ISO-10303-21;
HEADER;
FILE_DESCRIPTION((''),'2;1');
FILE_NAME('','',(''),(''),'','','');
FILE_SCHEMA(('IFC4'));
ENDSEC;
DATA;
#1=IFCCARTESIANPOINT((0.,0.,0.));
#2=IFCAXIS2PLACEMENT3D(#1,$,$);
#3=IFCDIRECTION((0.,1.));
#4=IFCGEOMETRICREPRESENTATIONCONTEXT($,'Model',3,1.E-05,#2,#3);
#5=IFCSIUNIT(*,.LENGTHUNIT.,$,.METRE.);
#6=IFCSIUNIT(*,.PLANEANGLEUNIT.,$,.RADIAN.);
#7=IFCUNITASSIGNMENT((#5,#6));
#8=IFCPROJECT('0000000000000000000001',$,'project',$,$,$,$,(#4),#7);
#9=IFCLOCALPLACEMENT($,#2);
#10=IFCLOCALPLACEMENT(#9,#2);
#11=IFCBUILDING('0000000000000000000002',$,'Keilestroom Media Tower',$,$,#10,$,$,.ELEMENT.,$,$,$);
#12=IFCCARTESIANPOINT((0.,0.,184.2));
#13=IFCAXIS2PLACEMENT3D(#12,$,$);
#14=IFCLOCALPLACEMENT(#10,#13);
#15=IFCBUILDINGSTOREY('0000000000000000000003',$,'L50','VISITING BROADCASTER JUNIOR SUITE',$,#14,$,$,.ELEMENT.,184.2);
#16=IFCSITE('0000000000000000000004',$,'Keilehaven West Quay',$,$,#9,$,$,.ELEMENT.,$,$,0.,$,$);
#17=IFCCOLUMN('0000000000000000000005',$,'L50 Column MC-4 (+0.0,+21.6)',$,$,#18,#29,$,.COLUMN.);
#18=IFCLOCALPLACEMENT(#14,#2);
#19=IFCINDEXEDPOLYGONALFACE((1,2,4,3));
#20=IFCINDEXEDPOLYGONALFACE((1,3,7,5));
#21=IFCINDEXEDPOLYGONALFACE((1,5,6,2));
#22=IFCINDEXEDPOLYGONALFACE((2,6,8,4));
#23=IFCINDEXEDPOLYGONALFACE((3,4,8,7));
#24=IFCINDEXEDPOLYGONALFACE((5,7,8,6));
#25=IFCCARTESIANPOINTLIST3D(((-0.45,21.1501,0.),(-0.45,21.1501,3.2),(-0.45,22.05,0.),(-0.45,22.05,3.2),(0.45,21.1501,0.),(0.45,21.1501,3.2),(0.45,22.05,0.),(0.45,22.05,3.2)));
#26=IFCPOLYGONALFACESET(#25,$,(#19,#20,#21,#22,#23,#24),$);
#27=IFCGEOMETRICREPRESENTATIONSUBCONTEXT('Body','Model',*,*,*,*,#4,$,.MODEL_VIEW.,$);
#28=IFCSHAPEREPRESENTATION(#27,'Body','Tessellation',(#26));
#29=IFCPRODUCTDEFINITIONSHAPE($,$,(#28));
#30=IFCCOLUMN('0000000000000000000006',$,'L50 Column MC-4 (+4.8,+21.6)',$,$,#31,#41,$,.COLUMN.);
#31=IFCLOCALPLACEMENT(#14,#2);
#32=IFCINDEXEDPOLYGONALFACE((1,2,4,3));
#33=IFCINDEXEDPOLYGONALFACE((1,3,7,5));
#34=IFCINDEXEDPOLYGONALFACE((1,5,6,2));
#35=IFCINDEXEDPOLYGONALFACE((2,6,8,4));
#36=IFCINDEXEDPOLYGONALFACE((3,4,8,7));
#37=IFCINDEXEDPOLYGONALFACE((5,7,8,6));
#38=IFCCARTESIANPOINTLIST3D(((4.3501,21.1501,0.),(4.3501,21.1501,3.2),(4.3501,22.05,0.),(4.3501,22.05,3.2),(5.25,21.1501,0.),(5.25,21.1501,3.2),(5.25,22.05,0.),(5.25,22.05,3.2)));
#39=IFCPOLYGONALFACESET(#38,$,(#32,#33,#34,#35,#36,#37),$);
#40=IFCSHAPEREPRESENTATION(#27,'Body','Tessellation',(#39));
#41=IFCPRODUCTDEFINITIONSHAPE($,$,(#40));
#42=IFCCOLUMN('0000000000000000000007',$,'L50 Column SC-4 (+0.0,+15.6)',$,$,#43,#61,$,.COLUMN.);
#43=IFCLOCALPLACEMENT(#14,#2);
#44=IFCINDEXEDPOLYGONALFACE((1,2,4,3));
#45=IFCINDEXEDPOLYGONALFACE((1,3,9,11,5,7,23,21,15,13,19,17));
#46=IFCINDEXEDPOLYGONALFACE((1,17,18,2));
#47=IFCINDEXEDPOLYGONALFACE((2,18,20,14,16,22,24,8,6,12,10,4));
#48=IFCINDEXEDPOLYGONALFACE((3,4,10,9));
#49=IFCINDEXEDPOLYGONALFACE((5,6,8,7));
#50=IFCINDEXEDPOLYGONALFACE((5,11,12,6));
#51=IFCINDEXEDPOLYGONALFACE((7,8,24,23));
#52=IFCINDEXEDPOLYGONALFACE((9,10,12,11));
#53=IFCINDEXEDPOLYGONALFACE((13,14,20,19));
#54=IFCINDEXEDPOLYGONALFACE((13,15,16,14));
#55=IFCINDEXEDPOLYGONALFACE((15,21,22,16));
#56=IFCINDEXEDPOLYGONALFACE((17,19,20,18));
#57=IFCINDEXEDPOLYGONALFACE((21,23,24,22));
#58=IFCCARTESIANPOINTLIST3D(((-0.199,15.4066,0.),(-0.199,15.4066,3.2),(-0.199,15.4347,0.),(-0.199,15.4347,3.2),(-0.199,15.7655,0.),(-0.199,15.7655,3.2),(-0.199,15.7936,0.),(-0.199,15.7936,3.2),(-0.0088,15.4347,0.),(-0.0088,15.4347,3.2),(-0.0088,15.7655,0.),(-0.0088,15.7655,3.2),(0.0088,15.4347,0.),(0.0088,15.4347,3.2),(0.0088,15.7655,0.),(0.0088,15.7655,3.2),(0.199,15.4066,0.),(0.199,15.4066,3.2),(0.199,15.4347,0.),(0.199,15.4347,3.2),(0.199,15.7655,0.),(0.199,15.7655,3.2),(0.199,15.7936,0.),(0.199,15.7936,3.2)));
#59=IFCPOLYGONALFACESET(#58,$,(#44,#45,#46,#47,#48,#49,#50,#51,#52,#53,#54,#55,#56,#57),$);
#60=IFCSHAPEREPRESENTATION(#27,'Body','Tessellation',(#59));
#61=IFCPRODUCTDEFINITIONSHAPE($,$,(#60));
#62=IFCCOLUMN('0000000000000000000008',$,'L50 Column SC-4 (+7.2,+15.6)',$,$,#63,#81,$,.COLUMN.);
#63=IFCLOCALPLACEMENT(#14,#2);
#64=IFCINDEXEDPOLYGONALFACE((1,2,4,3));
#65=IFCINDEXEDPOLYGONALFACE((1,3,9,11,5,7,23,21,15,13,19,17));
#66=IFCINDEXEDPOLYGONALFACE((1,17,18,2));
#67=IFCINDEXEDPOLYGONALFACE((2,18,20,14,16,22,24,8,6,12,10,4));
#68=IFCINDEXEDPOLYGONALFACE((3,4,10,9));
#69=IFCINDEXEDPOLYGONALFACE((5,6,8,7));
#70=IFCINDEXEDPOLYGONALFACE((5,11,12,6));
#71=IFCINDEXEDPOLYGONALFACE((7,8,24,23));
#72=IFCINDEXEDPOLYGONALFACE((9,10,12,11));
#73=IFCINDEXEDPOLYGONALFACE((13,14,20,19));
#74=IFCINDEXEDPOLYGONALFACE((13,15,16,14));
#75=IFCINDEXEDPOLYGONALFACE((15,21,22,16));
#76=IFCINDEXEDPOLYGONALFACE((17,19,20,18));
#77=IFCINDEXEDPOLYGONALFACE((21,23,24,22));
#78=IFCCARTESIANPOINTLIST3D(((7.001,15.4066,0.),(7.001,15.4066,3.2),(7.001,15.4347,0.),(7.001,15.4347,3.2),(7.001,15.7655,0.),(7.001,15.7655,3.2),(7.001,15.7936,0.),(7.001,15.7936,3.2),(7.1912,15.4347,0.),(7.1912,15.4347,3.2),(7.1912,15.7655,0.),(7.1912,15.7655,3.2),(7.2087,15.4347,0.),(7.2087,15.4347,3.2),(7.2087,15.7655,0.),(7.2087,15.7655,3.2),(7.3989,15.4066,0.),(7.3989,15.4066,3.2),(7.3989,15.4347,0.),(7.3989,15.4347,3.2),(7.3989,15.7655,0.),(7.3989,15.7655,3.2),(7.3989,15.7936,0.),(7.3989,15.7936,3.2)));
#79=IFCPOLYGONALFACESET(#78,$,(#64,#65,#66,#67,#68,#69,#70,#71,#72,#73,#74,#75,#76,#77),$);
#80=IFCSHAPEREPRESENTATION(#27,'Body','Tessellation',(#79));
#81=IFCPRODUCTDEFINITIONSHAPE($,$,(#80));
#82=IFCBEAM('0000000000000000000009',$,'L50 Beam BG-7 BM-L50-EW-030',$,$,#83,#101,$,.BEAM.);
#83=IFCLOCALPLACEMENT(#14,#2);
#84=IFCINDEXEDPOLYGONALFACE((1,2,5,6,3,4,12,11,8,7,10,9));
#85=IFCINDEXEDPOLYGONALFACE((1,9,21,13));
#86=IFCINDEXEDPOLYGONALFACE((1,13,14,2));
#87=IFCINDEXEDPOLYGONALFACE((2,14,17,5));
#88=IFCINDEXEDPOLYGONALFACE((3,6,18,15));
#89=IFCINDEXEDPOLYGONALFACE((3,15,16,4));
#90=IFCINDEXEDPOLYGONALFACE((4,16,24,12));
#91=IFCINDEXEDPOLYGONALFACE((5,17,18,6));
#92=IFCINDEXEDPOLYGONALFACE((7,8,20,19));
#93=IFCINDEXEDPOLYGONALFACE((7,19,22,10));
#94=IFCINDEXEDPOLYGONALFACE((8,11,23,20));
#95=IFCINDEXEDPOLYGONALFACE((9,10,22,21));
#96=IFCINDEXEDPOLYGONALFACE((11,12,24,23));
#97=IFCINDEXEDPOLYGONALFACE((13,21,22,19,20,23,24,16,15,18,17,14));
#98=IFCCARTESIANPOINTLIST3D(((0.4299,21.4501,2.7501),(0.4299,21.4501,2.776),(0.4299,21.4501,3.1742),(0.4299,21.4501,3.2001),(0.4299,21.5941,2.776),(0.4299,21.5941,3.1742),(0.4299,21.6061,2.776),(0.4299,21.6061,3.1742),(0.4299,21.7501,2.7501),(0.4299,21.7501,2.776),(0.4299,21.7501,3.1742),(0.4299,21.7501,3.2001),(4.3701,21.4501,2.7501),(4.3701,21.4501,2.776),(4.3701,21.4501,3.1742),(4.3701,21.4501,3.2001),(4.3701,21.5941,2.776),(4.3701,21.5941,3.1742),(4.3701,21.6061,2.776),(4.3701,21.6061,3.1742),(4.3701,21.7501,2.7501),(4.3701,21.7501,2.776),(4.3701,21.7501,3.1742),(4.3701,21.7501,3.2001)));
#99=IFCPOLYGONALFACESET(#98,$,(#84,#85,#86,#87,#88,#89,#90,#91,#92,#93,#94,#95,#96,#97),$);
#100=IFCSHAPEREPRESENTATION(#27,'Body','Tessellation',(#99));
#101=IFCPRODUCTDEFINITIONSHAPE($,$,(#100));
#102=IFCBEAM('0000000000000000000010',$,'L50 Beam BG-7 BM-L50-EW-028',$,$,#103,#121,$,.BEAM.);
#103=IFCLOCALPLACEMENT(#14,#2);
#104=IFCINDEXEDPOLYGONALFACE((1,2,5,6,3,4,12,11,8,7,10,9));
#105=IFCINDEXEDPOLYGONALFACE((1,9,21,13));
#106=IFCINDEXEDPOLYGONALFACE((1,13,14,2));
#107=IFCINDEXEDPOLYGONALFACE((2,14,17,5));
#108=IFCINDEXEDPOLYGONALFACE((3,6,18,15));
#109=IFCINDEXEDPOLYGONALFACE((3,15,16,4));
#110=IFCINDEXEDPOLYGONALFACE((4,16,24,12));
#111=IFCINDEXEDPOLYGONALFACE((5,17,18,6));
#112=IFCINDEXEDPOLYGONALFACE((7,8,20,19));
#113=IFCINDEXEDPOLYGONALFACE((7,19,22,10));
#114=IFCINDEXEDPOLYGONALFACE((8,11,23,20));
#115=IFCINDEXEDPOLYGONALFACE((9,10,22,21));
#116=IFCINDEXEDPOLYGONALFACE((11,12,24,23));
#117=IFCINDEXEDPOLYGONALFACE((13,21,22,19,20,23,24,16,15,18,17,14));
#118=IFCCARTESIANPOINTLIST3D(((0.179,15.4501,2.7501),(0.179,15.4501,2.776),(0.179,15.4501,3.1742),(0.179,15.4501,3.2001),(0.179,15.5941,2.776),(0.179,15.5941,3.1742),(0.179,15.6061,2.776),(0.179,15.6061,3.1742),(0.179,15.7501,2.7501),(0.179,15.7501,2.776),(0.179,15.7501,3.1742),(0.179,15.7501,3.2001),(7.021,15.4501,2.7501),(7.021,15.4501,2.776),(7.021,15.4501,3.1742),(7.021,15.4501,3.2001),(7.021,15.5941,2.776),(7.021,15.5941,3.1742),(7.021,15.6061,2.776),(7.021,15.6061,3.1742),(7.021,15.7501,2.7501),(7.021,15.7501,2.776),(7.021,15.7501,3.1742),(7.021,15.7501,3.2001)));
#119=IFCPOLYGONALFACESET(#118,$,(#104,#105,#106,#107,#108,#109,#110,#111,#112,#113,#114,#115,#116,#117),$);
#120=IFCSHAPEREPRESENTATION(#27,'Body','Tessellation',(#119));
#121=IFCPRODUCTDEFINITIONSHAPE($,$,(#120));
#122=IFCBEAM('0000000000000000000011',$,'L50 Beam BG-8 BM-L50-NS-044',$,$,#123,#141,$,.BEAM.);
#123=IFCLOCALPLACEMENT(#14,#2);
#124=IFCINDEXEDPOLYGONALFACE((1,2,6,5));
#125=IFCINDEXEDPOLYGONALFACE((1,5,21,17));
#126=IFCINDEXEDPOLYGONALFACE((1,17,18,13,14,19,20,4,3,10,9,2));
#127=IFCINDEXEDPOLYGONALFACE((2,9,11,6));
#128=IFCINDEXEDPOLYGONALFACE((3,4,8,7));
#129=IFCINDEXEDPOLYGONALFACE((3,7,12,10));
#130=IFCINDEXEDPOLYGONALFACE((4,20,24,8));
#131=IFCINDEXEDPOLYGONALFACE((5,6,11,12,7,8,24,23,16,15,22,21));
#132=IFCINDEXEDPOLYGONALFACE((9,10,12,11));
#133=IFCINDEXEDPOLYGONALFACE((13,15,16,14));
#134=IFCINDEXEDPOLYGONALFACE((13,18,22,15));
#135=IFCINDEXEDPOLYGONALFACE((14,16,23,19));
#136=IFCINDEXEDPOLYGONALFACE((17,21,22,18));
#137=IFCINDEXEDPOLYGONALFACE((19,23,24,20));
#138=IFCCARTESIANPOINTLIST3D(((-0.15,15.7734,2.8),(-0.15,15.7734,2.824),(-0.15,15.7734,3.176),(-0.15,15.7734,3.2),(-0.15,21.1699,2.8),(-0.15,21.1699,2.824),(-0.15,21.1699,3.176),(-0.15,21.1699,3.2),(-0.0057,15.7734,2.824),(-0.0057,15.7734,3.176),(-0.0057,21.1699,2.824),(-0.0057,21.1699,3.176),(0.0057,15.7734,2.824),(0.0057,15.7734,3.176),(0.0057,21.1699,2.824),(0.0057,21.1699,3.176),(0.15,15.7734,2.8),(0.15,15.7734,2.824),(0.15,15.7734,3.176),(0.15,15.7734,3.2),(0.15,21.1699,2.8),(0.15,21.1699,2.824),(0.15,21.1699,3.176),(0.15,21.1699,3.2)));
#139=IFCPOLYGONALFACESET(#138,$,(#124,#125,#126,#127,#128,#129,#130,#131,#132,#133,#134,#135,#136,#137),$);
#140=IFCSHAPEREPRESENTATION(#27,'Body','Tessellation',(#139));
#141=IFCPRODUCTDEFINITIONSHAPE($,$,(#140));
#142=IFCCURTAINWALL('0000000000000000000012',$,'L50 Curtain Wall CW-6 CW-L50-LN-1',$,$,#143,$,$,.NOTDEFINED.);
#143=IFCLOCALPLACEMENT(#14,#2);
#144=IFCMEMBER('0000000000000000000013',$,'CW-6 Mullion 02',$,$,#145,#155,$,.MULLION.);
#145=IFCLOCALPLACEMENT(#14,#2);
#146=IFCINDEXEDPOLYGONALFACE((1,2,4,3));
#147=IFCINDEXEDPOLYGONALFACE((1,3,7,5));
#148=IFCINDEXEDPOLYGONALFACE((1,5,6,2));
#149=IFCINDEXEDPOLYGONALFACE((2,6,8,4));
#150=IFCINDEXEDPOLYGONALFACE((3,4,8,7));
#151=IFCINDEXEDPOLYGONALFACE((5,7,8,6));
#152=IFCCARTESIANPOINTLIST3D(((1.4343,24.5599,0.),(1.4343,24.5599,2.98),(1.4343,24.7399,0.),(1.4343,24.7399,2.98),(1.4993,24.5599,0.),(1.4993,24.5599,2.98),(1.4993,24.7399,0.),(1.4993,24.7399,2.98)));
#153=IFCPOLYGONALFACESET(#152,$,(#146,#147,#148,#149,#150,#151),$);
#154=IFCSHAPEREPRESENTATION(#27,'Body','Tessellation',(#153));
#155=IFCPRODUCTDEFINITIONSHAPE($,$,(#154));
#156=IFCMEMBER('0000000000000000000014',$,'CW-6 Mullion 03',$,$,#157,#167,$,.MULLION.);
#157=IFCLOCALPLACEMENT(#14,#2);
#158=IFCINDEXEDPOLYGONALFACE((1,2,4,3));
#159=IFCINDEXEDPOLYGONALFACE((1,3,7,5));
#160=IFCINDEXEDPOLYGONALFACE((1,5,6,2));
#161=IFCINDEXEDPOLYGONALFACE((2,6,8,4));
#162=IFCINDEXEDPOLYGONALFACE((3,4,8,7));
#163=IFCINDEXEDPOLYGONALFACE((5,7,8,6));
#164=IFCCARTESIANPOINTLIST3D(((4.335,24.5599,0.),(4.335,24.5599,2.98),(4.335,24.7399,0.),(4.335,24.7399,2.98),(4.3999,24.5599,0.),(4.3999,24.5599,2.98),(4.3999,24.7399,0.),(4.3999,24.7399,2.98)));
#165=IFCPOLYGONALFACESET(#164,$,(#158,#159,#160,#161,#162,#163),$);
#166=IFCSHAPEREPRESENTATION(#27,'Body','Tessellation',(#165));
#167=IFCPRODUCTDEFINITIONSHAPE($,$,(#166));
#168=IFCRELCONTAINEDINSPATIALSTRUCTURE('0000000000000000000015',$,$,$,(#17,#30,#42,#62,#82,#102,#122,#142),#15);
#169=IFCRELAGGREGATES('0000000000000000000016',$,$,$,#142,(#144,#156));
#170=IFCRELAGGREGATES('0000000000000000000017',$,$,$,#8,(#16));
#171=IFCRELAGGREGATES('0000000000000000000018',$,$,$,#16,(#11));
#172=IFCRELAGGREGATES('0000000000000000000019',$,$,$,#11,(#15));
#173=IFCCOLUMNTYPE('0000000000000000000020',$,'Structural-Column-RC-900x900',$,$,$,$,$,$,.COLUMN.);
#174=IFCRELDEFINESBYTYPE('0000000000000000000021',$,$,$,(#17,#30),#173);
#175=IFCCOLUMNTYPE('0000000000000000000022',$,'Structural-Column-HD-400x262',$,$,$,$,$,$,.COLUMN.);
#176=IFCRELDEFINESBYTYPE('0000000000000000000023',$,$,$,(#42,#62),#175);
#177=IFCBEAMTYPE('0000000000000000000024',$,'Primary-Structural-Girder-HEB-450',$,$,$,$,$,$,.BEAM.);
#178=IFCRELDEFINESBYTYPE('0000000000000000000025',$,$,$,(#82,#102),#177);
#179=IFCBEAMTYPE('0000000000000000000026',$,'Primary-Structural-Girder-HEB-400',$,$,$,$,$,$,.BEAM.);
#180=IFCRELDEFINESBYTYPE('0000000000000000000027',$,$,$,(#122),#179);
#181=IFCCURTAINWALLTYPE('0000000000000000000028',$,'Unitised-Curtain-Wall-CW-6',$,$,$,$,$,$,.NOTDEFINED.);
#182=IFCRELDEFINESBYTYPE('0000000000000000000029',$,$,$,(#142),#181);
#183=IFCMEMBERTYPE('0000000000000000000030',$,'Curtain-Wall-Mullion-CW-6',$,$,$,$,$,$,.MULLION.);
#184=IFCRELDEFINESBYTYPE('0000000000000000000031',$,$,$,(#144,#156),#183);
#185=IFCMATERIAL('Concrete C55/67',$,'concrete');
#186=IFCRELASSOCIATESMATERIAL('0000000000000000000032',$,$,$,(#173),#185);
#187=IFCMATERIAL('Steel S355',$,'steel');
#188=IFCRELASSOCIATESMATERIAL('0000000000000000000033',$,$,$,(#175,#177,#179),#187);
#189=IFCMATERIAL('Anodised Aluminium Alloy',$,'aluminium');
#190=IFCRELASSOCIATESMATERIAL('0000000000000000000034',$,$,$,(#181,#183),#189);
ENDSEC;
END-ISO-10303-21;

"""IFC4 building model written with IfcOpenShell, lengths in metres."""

from ifc_helpers import new_model, si_unit, direction, frame, origin, origin_2d, place, context, subcontext, project, spatial, rectangle, i_section, extrude, source, transform, mapped, material, material_profile, profile_set, type_object, element, aggregate, save


model = new_model("IFC4")

# Units and contexts
model_context = context("Model", 3, precision=1e-05, world=origin(), true_north=direction((0.0, 1.0)))
body_context = subcontext(model_context, "Body", "Model", "MODEL_VIEW")
ifc_project = project(units=[si_unit("LENGTHUNIT", "METRE"), si_unit("PLANEANGLEUNIT", "RADIAN")], contexts=[model_context])

# Site, building, storey
site_placement = place(None, origin())
site = spatial("IfcSite", under=ifc_project, at=site_placement, Name="Keilehaven West Quay", CompositionType="ELEMENT", RefElevation=0.0)
building_placement = place(site_placement, origin())
building = spatial("IfcBuilding", under=site, at=building_placement, Name="Keilestroom Media Tower", CompositionType="ELEMENT")
storey_placement = place(building_placement, frame((0.0, 0.0, 184.2)))
storey = spatial("IfcBuildingStorey", under=building, at=storey_placement, Name="L50", Description="VISITING BROADCASTER JUNIOR SUITE", CompositionType="ELEMENT", Elevation=184.2)

# Columns
ifc_material_1 = material(Name="Concrete C55/67", Category="concrete")
ifc_material_profile_1 = material_profile(ifc_material_1, rectangle(XDim=0.8999, YDim=0.8999, at=origin_2d()), Name="RC 900x900")
ifc_profile_set_1 = profile_set([ifc_material_profile_1], Name="Concrete C55/67")
column_type_1 = type_object("IfcColumnType", Name="Structural-Column-RC-900x900", PredefinedType="COLUMN", material=ifc_profile_set_1)
shared_shape_1 = source(origin(), body_context, "Body", "SweptSolid", [
    extrude(rectangle(XDim=0.8999, YDim=0.8999, at=origin_2d()), origin(), (0.0, 0.0, 1.0), 3.2),
])
for number, where, z_axis, x_axis, name in (
    (1, (0.0, 21.6001, 0.0), (0.0, 0.0, 1.0), (1.0, 0.0, 0.0), "L50 Column MC-4 (+0.0,+21.6)"),
    (2, (4.8, 21.6001, 0.0), (0.0, 0.0, 1.0), (1.0, 0.0, 0.0), "L50 Column MC-4 (+4.8,+21.6)"),
):
    element("IfcColumn", number, at=place(storey_placement, frame(where, z_axis=z_axis, x_axis=x_axis)), inside=storey, type_object=column_type_1, Name=name, PredefinedType="COLUMN", context=body_context, shape_type="MappedRepresentation", body=[
        mapped(shared_shape_1, transform((0.0, 0.0, 0.0), x_axis=(1.0, 0.0, 0.0), y_axis=(0.0, 1.0, 0.0), z_axis=(0.0, 0.0, 1.0), scale=1.0)),
    ])
ifc_material_2 = material(Name="Steel S355", Category="steel")
ifc_material_profile_2 = material_profile(ifc_material_2, i_section(OverallWidth=0.3979, OverallDepth=0.387, WebThickness=0.0176, FlangeThickness=0.0281, at=origin_2d()), Name="HD 400x262")
ifc_profile_set_2 = profile_set([ifc_material_profile_2], Name="Steel S355")
column_type_2 = type_object("IfcColumnType", Name="Structural-Column-HD-400x262", PredefinedType="COLUMN", material=ifc_profile_set_2)
shared_shape_2 = source(origin(), body_context, "Body", "SweptSolid", [
    extrude(i_section(OverallWidth=0.3979, OverallDepth=0.387, WebThickness=0.0176, FlangeThickness=0.0281, at=origin_2d()), origin(), (0.0, 0.0, 1.0), 3.2),
])
for number, where, z_axis, x_axis, name in (
    (3, (0.0, 15.6001, 0.0), (0.0, 0.0, 1.0), (1.0, 0.0, 0.0), "L50 Column SC-4 (+0.0,+15.6)"),
    (4, (7.2, 15.6001, 0.0), (0.0, 0.0, 1.0), (1.0, 0.0, 0.0), "L50 Column SC-4 (+7.2,+15.6)"),
):
    element("IfcColumn", number, at=place(storey_placement, frame(where, z_axis=z_axis, x_axis=x_axis)), inside=storey, type_object=column_type_2, Name=name, PredefinedType="COLUMN", context=body_context, shape_type="MappedRepresentation", body=[
        mapped(shared_shape_2, transform((0.0, 0.0, 0.0), x_axis=(1.0, 0.0, 0.0), y_axis=(0.0, 1.0, 0.0), z_axis=(0.0, 0.0, 1.0), scale=1.0)),
    ])

# Beams
ifc_material_profile_3 = material_profile(ifc_material_2, i_section(OverallWidth=0.3, OverallDepth=0.45, WebThickness=0.012, FlangeThickness=0.0259, at=origin_2d()), Name="HEB 450")
ifc_profile_set_3 = profile_set([ifc_material_profile_3], Name="Steel S355")
beam_type_1 = type_object("IfcBeamType", Name="Primary-Structural-Girder-HEB-450", PredefinedType="BEAM", material=ifc_profile_set_3)
shared_shape_3 = source(origin(), body_context, "Body", "SweptSolid", [
    extrude(i_section(OverallWidth=0.3, OverallDepth=0.45, WebThickness=0.012, FlangeThickness=0.0259, at=origin_2d()), origin(), (0.0, 0.0, 1.0), 3.9402),
])
beam_1_placement = place(storey_placement, frame((0.4299, 21.6001, 2.9751), z_axis=(1.0, 0.0, 0.0), x_axis=(0.0, 1.0, 0.0)))
element("IfcBeam", 5, at=beam_1_placement, inside=storey, type_object=beam_type_1, Name="L50 Beam BG-7 BM-L50-EW-030", PredefinedType="BEAM", context=body_context, shape_type="MappedRepresentation", body=[
    mapped(shared_shape_3, transform((0.0, 0.0, 0.0), x_axis=(1.0, 0.0, 0.0), y_axis=(0.0, 1.0, 0.0), z_axis=(0.0, 0.0, 1.0), scale=1.0)),
])
shared_shape_4 = source(origin(), body_context, "Body", "SweptSolid", [
    extrude(i_section(OverallWidth=0.3, OverallDepth=0.45, WebThickness=0.012, FlangeThickness=0.0259, at=origin_2d()), origin(), (0.0, 0.0, 1.0), 6.842),
])
beam_2_placement = place(storey_placement, frame((0.179, 15.6001, 2.9751), z_axis=(1.0, 0.0, 0.0), x_axis=(0.0, 1.0, 0.0)))
element("IfcBeam", 6, at=beam_2_placement, inside=storey, type_object=beam_type_1, Name="L50 Beam BG-7 BM-L50-EW-028", PredefinedType="BEAM", context=body_context, shape_type="MappedRepresentation", body=[
    mapped(shared_shape_4, transform((0.0, 0.0, 0.0), x_axis=(1.0, 0.0, 0.0), y_axis=(0.0, 1.0, 0.0), z_axis=(0.0, 0.0, 1.0), scale=1.0)),
])
ifc_material_profile_4 = material_profile(ifc_material_2, i_section(OverallWidth=0.3, OverallDepth=0.3999, WebThickness=0.0115, FlangeThickness=0.0239, at=origin_2d()), Name="HEB 400")
ifc_profile_set_4 = profile_set([ifc_material_profile_4], Name="Steel S355")
beam_type_2 = type_object("IfcBeamType", Name="Primary-Structural-Girder-HEB-400", PredefinedType="BEAM", material=ifc_profile_set_4)
shared_shape_5 = source(origin(), body_context, "Body", "SweptSolid", [
    extrude(i_section(OverallWidth=0.3, OverallDepth=0.3999, WebThickness=0.0115, FlangeThickness=0.0239, at=origin_2d()), origin(), (0.0, 0.0, 1.0), 5.3965),
])
beam_3_placement = place(storey_placement, frame((0.0, 15.7734, 3.0), z_axis=(0.0, 1.0, 0.0), x_axis=(-1.0, 0.0, 0.0)))
element("IfcBeam", 7, at=beam_3_placement, inside=storey, type_object=beam_type_2, Name="L50 Beam BG-8 BM-L50-NS-044", PredefinedType="BEAM", context=body_context, shape_type="MappedRepresentation", body=[
    mapped(shared_shape_5, transform((0.0, 0.0, 0.0), x_axis=(1.0, 0.0, 0.0), y_axis=(0.0, 1.0, 0.0), z_axis=(0.0, 0.0, 1.0), scale=1.0)),
])

# Curtain wall, members
ifc_material_3 = material(Name="Anodised Aluminium Alloy", Category="aluminium")
curtain_wall_type = type_object("IfcCurtainWallType", Name="Unitised-Curtain-Wall-CW-6", PredefinedType="NOTDEFINED", material=ifc_material_3)
curtain_wall_placement = place(storey_placement, origin())
curtain_wall = element("IfcCurtainWall", 8, at=curtain_wall_placement, inside=storey, type_object=curtain_wall_type, Name="L50 Curtain Wall CW-6 CW-L50-LN-1", PredefinedType="NOTDEFINED")
ifc_material_profile_5 = material_profile(ifc_material_3, rectangle(XDim=0.0649, YDim=0.1799, at=origin_2d()), Name="ALU MULLION 65x180")
ifc_profile_set_5 = profile_set([ifc_material_profile_5], Name="Anodised Aluminium Alloy")
member_type_1 = type_object("IfcMemberType", Name="Curtain-Wall-Mullion-CW-6", PredefinedType="MULLION", material=ifc_profile_set_5)
shared_shape_6 = source(origin(), body_context, "Body", "SweptSolid", [
    extrude(rectangle(XDim=0.0649, YDim=0.1799, at=origin_2d()), origin(), (0.0, 0.0, 1.0), 2.98),
])
member_1_placement = place(storey_placement, frame((1.4668, 24.6499, 0.0), z_axis=(0.0, 0.0, 1.0), x_axis=(1.0, 0.0, 0.0)))
member_1 = element("IfcMember", 9, at=member_1_placement, type_object=member_type_1, Name="CW-6 Mullion 02", PredefinedType="MULLION", context=body_context, shape_type="MappedRepresentation", body=[
    mapped(shared_shape_6, transform((0.0, 0.0, 0.0), x_axis=(1.0, 0.0, 0.0), y_axis=(0.0, 1.0, 0.0), z_axis=(0.0, 0.0, 1.0), scale=1.0)),
])
member_2_placement = place(storey_placement, frame((4.3674, 24.6499, 0.0), z_axis=(0.0, 0.0, 1.0), x_axis=(1.0, 0.0, 0.0)))
member_2 = element("IfcMember", 10, at=member_2_placement, type_object=member_type_1, Name="CW-6 Mullion 03", PredefinedType="MULLION", context=body_context, shape_type="MappedRepresentation", body=[
    mapped(shared_shape_6, transform((0.0, 0.0, 0.0), x_axis=(1.0, 0.0, 0.0), y_axis=(0.0, 1.0, 0.0), z_axis=(0.0, 0.0, 1.0), scale=1.0)),
])
aggregate(curtain_wall, [member_1, member_2])

save(model, "model.ifc")
